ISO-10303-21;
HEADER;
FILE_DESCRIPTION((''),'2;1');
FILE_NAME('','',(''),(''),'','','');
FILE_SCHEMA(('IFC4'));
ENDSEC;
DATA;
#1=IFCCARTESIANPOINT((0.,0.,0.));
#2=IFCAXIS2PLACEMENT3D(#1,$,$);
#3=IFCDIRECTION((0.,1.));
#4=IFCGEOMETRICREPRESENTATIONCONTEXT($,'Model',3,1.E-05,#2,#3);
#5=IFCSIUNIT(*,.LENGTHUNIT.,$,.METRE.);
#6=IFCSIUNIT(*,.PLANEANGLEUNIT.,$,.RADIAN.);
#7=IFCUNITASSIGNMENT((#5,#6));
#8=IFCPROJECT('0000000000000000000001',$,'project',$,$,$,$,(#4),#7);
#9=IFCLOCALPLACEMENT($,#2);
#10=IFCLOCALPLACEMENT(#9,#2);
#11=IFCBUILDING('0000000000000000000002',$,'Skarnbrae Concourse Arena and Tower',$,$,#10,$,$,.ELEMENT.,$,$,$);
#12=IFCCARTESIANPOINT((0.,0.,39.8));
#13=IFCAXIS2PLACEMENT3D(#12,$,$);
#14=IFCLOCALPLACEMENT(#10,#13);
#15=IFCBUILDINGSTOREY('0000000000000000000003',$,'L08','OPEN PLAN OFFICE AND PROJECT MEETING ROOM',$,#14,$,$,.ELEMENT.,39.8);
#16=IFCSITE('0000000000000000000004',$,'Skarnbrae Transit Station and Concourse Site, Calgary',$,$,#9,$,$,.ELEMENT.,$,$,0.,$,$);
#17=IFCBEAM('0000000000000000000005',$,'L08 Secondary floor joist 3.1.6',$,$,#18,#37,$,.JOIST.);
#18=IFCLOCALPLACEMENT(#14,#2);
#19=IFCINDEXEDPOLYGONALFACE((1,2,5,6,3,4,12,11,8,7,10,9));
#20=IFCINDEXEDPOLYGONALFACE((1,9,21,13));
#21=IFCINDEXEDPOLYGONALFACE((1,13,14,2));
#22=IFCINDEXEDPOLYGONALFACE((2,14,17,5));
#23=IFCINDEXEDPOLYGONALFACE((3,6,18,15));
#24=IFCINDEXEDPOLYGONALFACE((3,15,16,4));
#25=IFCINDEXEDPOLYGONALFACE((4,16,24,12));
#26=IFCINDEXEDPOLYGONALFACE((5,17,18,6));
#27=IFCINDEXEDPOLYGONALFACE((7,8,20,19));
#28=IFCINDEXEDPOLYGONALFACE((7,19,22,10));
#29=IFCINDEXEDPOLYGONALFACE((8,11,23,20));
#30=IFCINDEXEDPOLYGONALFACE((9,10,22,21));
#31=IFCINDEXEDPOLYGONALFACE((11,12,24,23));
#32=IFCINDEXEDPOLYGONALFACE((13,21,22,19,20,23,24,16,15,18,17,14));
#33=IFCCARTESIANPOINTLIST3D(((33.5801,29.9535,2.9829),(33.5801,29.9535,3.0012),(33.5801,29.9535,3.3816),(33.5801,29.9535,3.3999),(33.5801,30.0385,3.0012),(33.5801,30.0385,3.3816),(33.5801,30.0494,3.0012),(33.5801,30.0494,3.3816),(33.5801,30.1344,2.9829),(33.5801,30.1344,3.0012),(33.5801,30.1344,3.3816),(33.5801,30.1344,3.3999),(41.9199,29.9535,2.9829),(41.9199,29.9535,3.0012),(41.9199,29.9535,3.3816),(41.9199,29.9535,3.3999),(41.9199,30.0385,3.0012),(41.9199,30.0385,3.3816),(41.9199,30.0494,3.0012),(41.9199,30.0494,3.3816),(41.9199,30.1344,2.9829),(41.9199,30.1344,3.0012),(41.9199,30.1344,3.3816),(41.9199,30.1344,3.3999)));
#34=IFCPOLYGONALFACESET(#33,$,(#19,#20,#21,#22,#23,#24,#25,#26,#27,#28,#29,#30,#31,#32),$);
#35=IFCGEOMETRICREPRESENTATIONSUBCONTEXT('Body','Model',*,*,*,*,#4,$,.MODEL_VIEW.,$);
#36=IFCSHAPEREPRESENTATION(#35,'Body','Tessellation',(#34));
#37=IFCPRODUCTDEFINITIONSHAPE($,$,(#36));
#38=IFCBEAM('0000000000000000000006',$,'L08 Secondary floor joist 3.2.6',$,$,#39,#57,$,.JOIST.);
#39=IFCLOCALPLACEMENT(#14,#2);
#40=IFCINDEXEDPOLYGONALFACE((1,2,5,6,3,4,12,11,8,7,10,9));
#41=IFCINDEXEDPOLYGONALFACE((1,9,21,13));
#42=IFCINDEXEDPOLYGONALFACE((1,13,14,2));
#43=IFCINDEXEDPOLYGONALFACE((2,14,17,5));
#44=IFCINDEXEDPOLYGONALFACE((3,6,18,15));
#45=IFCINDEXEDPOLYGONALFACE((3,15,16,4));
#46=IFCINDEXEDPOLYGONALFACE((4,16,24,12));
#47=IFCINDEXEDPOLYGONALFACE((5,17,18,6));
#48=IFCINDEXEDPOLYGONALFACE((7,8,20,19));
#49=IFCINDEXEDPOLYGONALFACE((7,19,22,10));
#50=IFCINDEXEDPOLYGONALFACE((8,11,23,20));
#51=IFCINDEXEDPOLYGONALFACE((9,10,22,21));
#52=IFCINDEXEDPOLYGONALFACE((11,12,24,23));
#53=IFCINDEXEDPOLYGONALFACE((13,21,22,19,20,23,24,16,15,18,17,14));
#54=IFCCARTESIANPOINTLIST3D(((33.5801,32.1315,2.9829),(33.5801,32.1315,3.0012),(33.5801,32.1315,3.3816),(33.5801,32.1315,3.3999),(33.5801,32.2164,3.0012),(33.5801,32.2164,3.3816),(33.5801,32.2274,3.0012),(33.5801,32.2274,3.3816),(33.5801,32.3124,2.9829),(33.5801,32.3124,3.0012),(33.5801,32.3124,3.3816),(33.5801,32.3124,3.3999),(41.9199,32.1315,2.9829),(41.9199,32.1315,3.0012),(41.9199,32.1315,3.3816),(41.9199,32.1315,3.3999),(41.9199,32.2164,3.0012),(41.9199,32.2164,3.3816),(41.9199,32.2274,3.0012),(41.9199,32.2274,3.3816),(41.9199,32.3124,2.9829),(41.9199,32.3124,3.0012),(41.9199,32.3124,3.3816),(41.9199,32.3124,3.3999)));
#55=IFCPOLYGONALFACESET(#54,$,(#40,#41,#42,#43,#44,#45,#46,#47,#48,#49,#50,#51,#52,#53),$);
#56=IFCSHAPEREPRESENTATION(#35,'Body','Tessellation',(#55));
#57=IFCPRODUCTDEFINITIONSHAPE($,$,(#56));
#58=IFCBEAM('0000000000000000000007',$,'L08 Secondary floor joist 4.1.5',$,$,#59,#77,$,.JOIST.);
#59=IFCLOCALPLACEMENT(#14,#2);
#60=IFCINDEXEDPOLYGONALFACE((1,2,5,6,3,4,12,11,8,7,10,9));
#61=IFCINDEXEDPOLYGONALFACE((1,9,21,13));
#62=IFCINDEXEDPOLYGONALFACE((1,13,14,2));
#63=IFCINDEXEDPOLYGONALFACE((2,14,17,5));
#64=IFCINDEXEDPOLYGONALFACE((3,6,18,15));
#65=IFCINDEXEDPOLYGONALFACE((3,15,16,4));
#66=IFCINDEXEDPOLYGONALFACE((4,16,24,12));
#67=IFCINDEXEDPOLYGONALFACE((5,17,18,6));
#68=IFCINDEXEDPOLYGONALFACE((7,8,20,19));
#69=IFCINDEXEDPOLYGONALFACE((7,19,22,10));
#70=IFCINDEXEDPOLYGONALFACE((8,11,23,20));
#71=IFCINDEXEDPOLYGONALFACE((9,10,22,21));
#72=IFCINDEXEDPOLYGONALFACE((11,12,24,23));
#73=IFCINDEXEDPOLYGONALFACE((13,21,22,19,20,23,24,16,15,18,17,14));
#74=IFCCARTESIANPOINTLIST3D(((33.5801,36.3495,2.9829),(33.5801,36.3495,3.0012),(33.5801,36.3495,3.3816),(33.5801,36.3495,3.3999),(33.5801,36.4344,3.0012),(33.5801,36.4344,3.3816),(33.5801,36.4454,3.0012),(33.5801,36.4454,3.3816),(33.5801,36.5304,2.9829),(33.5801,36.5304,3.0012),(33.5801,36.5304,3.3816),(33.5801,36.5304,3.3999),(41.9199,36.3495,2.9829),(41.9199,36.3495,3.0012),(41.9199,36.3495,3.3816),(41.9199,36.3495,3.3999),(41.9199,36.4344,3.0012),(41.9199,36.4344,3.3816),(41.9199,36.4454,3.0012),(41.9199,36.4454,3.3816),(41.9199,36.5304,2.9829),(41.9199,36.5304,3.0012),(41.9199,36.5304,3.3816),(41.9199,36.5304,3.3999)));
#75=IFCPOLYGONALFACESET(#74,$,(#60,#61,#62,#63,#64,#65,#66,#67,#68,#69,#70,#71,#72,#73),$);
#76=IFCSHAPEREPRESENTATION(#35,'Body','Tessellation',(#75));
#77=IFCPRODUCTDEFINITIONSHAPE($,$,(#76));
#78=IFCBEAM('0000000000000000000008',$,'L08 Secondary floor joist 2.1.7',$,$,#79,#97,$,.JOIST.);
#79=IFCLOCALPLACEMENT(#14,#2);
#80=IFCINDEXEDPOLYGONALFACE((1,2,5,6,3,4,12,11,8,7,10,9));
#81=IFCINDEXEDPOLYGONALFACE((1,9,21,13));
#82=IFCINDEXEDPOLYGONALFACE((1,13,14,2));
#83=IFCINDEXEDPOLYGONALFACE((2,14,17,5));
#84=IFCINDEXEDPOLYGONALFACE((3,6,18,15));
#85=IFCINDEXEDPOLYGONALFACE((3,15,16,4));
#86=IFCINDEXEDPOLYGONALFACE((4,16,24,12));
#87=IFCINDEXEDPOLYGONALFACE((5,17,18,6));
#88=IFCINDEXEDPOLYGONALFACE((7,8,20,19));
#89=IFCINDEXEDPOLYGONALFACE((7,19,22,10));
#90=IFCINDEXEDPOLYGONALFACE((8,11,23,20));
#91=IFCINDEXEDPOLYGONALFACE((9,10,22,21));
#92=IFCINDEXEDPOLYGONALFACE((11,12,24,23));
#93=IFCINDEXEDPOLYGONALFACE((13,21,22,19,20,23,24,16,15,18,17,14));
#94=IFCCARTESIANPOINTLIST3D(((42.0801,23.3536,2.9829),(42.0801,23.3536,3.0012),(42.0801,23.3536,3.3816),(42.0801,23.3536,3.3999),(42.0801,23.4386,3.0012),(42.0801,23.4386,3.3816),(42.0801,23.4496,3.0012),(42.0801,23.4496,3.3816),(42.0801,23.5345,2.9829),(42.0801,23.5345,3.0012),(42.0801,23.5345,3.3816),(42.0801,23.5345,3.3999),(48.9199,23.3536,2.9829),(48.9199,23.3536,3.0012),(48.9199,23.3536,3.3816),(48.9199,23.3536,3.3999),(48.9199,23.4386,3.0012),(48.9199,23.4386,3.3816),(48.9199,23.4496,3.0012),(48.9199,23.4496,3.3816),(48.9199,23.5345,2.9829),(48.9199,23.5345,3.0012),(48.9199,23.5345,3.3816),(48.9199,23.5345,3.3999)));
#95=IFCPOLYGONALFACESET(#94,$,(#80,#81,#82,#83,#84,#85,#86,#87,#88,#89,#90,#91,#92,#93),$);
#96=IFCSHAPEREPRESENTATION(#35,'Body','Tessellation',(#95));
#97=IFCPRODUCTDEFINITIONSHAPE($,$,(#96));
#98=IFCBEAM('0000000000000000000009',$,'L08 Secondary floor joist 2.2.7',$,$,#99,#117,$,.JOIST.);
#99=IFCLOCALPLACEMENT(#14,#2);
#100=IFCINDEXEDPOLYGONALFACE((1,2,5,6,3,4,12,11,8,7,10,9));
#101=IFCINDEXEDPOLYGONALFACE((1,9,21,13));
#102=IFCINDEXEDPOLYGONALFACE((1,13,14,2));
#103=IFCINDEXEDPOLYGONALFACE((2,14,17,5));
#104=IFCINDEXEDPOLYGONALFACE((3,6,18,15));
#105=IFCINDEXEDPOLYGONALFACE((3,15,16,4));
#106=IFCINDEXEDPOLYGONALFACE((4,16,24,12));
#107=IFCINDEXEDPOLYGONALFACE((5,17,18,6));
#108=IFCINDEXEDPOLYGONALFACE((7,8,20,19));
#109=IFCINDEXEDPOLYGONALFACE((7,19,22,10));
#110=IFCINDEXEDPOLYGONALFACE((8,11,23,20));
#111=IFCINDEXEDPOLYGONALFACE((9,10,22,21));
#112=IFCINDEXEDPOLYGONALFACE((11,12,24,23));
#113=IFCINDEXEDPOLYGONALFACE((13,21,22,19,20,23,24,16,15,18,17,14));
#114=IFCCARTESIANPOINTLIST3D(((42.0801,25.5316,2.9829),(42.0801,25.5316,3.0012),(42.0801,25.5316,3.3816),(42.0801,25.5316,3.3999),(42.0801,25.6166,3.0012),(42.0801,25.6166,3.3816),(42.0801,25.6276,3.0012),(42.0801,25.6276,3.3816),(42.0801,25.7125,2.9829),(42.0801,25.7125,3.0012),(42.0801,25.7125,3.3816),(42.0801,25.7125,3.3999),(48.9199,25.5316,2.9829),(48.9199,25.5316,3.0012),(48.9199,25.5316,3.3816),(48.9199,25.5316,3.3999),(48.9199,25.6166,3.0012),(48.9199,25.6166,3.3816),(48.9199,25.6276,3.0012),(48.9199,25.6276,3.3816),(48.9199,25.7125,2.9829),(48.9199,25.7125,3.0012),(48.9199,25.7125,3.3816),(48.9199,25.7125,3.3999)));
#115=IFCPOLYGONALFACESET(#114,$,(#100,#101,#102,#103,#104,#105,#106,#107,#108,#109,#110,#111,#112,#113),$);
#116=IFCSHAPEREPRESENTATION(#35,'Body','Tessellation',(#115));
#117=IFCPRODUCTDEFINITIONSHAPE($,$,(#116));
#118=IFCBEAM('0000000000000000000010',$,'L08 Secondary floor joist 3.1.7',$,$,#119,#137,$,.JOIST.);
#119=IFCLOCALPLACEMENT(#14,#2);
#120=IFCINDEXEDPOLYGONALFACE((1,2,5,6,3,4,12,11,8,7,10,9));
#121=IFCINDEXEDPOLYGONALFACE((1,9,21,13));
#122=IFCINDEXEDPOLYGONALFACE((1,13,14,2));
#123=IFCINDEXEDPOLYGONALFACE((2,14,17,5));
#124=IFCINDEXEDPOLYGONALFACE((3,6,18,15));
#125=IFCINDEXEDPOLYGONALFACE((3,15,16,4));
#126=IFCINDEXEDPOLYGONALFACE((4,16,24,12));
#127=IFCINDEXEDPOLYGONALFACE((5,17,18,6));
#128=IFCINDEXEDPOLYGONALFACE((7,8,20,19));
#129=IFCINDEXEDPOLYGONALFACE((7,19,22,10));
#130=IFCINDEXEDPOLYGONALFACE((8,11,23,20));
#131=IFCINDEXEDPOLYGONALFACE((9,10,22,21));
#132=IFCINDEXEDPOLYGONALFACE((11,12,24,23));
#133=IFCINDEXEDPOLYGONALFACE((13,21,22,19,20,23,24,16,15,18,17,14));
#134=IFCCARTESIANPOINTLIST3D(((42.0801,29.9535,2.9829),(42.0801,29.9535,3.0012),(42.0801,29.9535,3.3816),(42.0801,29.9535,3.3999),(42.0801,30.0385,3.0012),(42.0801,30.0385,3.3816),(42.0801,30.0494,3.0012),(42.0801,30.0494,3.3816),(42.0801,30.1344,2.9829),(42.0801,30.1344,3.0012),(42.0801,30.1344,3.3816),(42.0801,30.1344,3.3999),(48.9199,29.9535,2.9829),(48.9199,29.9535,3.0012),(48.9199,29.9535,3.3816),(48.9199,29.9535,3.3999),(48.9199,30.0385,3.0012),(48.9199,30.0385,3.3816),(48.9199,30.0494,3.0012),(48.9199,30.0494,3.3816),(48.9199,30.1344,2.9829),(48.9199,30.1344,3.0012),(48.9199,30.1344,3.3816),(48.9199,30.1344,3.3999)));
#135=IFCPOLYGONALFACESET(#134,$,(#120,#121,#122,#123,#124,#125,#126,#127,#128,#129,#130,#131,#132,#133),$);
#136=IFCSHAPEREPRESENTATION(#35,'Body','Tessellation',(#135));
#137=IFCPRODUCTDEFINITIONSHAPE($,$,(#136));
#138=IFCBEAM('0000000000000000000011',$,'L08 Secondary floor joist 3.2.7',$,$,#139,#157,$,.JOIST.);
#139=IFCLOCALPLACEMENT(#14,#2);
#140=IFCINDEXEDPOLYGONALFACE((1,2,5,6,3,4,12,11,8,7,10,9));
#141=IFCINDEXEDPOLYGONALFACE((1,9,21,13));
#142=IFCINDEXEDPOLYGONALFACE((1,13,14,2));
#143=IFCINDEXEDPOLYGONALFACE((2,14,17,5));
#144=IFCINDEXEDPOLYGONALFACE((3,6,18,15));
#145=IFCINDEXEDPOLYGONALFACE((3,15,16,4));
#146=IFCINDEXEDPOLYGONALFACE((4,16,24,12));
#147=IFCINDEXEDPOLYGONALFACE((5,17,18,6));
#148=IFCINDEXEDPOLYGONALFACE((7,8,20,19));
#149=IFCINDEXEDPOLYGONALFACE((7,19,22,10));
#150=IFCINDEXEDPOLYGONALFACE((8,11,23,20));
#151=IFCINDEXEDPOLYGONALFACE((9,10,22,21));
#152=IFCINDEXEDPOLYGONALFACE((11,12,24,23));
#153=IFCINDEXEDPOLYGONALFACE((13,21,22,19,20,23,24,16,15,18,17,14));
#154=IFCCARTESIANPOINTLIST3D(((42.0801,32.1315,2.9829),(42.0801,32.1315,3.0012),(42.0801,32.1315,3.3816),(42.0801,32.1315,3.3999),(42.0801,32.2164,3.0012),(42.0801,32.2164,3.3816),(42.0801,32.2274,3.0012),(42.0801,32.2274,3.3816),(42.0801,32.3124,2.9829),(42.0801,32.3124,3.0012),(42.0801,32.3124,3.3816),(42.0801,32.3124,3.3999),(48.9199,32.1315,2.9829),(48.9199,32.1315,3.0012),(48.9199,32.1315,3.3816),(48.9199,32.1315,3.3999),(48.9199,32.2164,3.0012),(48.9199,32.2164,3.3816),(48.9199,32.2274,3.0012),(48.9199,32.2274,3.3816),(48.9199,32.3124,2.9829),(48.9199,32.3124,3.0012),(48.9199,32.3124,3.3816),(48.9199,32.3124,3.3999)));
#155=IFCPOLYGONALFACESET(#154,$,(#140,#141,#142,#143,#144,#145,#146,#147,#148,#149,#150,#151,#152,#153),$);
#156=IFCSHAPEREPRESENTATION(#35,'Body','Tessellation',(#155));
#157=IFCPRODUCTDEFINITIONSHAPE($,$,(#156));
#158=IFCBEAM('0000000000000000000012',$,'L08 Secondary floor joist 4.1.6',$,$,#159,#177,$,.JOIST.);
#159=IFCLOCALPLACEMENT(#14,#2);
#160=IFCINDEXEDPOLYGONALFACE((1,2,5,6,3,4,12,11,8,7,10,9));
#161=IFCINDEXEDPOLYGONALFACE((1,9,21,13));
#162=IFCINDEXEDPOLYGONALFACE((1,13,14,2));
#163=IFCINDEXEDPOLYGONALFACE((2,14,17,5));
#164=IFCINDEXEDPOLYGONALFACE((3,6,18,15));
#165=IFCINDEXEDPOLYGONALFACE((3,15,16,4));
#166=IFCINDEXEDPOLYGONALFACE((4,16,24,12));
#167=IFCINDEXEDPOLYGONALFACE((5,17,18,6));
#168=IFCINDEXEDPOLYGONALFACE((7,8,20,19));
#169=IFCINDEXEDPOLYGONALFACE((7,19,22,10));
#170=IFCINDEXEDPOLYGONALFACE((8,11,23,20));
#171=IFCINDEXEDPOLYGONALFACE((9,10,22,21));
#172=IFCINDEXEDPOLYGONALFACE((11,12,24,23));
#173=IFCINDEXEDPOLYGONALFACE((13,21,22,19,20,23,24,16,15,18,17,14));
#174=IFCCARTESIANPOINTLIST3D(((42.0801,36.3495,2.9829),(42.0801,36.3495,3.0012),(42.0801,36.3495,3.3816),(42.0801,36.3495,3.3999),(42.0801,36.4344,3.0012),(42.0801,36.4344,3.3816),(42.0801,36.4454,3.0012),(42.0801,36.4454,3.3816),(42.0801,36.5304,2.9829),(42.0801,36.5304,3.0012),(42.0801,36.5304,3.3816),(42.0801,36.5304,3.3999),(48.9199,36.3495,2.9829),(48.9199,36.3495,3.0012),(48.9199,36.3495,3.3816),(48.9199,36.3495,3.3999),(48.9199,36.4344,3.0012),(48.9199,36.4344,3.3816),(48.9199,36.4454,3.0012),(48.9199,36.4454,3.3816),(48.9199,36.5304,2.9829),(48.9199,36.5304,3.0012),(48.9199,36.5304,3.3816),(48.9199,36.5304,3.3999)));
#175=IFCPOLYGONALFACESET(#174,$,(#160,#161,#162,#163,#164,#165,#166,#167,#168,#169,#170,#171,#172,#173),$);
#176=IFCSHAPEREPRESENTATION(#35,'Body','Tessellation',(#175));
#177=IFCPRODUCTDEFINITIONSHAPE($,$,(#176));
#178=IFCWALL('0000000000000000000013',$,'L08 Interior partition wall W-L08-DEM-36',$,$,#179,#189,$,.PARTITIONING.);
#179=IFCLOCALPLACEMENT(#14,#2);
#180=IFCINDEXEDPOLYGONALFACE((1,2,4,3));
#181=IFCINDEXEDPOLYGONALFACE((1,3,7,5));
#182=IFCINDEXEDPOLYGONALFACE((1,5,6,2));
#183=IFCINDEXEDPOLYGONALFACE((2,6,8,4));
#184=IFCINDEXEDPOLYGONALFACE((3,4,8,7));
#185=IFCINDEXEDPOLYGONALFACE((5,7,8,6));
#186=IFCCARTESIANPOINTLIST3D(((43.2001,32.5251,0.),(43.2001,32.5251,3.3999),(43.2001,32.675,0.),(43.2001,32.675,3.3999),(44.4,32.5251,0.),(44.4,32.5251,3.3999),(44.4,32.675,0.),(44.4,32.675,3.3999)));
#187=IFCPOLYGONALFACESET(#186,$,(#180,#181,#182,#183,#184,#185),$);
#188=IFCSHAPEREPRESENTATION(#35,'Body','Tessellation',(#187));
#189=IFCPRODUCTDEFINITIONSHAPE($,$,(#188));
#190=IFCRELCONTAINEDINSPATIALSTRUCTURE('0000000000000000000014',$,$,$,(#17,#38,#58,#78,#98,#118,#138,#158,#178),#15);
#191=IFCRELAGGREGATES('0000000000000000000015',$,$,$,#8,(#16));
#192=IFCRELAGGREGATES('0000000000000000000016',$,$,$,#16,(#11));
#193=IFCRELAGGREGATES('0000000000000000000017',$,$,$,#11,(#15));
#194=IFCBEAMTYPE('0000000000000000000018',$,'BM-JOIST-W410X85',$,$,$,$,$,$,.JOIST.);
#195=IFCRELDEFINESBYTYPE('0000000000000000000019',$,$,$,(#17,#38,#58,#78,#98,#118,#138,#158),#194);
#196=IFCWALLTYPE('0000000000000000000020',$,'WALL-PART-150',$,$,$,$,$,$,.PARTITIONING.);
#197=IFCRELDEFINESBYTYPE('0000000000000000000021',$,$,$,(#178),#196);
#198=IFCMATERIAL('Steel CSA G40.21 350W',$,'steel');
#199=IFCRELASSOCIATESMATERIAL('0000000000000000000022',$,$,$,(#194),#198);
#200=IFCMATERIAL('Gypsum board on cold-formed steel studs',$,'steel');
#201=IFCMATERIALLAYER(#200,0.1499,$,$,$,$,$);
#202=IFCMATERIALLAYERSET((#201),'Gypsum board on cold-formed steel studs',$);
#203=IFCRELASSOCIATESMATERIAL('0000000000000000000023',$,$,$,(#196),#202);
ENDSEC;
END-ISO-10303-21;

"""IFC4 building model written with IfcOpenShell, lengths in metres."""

from ifc_helpers import new_model, si_unit, direction, frame, frame_2d, origin, origin_2d, place, context, subcontext, project, spatial, rectangle, i_section, extrude, source, transform, mapped, material, layer, layer_set, material_profile, profile_set, type_object, element, save


model = new_model("IFC4")

# Units and contexts
model_context = context("Model", 3, precision=1e-05, world=origin(), true_north=direction((0.0, 1.0)))
body_context = subcontext(model_context, "Body", "Model", "MODEL_VIEW")
ifc_project = project(units=[si_unit("LENGTHUNIT", "METRE"), si_unit("PLANEANGLEUNIT", "RADIAN")], contexts=[model_context])

# Site, building, storey
site_placement = place(None, origin())
site = spatial("IfcSite", under=ifc_project, at=site_placement, Name="Skarnbrae Transit Station and Concourse Site, Calgary", CompositionType="ELEMENT", RefElevation=0.0)
building_placement = place(site_placement, origin())
building = spatial("IfcBuilding", under=site, at=building_placement, Name="Skarnbrae Concourse Arena and Tower", CompositionType="ELEMENT")
storey_placement = place(building_placement, frame((0.0, 0.0, 39.8)))
storey = spatial("IfcBuildingStorey", under=building, at=storey_placement, Name="L08", Description="OPEN PLAN OFFICE AND PROJECT MEETING ROOM", CompositionType="ELEMENT", Elevation=39.8)

# Shared definitions
ifc_material_1 = material(Name="Steel CSA G40.21 350W", Category="steel")

# Beams
ifc_material_profile_1 = material_profile(ifc_material_1, i_section(OverallWidth=0.1809, OverallDepth=0.417, WebThickness=0.011, FlangeThickness=0.0183, at=origin_2d()), Name="W410X85")
ifc_profile_set_1 = profile_set([ifc_material_profile_1], Name="Steel CSA G40.21 350W")
beam_type_1 = type_object("IfcBeamType", Name="BM-JOIST-W410X85", PredefinedType="JOIST", material=ifc_profile_set_1)
shared_shape_1 = source(origin(), body_context, "Body", "SweptSolid", [
    extrude(i_section(OverallWidth=0.1809, OverallDepth=0.417, WebThickness=0.011, FlangeThickness=0.0183, at=origin_2d()), origin(), (0.0, 0.0, 1.0), 8.3398),
])
for number, where, z_axis, x_axis, name in (
    (1, (33.5801, 30.0439, 3.1914), (1.0, 0.0, 0.0), (0.0, 1.0, 0.0), "L08 Secondary floor joist 3.1.6"),
    (2, (33.5801, 32.2219, 3.1914), (1.0, 0.0, 0.0), (0.0, 1.0, 0.0), "L08 Secondary floor joist 3.2.6"),
    (3, (33.5801, 36.4399, 3.1914), (1.0, 0.0, 0.0), (0.0, 1.0, 0.0), "L08 Secondary floor joist 4.1.5"),
):
    element("IfcBeam", number, at=place(storey_placement, frame(where, z_axis=z_axis, x_axis=x_axis)), inside=storey, type_object=beam_type_1, Name=name, PredefinedType="JOIST", context=body_context, shape_type="MappedRepresentation", body=[
        mapped(shared_shape_1, transform((0.0, 0.0, 0.0))),
    ])
shared_shape_2 = source(origin(), body_context, "Body", "SweptSolid", [
    extrude(i_section(OverallWidth=0.1809, OverallDepth=0.417, WebThickness=0.011, FlangeThickness=0.0183, at=origin_2d()), origin(), (0.0, 0.0, 1.0), 6.8398),
])
for number, where, z_axis, x_axis, name in (
    (4, (42.0801, 23.4441, 3.1914), (1.0, 0.0, 0.0), (0.0, 1.0, 0.0), "L08 Secondary floor joist 2.1.7"),
    (5, (42.0801, 25.6221, 3.1914), (1.0, 0.0, 0.0), (0.0, 1.0, 0.0), "L08 Secondary floor joist 2.2.7"),
    (6, (42.0801, 30.0439, 3.1914), (1.0, 0.0, 0.0), (0.0, 1.0, 0.0), "L08 Secondary floor joist 3.1.7"),
    (7, (42.0801, 32.2219, 3.1914), (1.0, 0.0, 0.0), (0.0, 1.0, 0.0), "L08 Secondary floor joist 3.2.7"),
    (8, (42.0801, 36.4399, 3.1914), (1.0, 0.0, 0.0), (0.0, 1.0, 0.0), "L08 Secondary floor joist 4.1.6"),
):
    element("IfcBeam", number, at=place(storey_placement, frame(where, z_axis=z_axis, x_axis=x_axis)), inside=storey, type_object=beam_type_1, Name=name, PredefinedType="JOIST", context=body_context, shape_type="MappedRepresentation", body=[
        mapped(shared_shape_2, transform((0.0, 0.0, 0.0))),
    ])

# Wall
ifc_material_2 = material(Name="Gypsum board on cold-formed steel studs", Category="steel")
ifc_layer = layer(ifc_material_2, 0.1499)
ifc_layer_set = layer_set([ifc_layer], Name="Gypsum board on cold-formed steel studs")
wall_type = type_object("IfcWallType", Name="WALL-PART-150", PredefinedType="PARTITIONING", material=ifc_layer_set)
shared_shape_3 = source(origin(), body_context, "Body", "SweptSolid", [
    extrude(rectangle(XDim=1.2, YDim=0.1499, at=frame_2d((0.6001, 0.0))), origin(), (0.0, 0.0, 1.0), 3.3999),
])
wall_placement = place(storey_placement, frame((43.2, 32.6001, 0.0), z_axis=(0.0, 0.0, 1.0), x_axis=(1.0, 0.0, 0.0)))
element("IfcWall", 9, at=wall_placement, inside=storey, type_object=wall_type, Name="L08 Interior partition wall W-L08-DEM-36", PredefinedType="PARTITIONING", context=body_context, shape_type="MappedRepresentation", body=[
    mapped(shared_shape_3, transform((0.0, 0.0, 0.0))),
])

save(model, "model.ifc")
